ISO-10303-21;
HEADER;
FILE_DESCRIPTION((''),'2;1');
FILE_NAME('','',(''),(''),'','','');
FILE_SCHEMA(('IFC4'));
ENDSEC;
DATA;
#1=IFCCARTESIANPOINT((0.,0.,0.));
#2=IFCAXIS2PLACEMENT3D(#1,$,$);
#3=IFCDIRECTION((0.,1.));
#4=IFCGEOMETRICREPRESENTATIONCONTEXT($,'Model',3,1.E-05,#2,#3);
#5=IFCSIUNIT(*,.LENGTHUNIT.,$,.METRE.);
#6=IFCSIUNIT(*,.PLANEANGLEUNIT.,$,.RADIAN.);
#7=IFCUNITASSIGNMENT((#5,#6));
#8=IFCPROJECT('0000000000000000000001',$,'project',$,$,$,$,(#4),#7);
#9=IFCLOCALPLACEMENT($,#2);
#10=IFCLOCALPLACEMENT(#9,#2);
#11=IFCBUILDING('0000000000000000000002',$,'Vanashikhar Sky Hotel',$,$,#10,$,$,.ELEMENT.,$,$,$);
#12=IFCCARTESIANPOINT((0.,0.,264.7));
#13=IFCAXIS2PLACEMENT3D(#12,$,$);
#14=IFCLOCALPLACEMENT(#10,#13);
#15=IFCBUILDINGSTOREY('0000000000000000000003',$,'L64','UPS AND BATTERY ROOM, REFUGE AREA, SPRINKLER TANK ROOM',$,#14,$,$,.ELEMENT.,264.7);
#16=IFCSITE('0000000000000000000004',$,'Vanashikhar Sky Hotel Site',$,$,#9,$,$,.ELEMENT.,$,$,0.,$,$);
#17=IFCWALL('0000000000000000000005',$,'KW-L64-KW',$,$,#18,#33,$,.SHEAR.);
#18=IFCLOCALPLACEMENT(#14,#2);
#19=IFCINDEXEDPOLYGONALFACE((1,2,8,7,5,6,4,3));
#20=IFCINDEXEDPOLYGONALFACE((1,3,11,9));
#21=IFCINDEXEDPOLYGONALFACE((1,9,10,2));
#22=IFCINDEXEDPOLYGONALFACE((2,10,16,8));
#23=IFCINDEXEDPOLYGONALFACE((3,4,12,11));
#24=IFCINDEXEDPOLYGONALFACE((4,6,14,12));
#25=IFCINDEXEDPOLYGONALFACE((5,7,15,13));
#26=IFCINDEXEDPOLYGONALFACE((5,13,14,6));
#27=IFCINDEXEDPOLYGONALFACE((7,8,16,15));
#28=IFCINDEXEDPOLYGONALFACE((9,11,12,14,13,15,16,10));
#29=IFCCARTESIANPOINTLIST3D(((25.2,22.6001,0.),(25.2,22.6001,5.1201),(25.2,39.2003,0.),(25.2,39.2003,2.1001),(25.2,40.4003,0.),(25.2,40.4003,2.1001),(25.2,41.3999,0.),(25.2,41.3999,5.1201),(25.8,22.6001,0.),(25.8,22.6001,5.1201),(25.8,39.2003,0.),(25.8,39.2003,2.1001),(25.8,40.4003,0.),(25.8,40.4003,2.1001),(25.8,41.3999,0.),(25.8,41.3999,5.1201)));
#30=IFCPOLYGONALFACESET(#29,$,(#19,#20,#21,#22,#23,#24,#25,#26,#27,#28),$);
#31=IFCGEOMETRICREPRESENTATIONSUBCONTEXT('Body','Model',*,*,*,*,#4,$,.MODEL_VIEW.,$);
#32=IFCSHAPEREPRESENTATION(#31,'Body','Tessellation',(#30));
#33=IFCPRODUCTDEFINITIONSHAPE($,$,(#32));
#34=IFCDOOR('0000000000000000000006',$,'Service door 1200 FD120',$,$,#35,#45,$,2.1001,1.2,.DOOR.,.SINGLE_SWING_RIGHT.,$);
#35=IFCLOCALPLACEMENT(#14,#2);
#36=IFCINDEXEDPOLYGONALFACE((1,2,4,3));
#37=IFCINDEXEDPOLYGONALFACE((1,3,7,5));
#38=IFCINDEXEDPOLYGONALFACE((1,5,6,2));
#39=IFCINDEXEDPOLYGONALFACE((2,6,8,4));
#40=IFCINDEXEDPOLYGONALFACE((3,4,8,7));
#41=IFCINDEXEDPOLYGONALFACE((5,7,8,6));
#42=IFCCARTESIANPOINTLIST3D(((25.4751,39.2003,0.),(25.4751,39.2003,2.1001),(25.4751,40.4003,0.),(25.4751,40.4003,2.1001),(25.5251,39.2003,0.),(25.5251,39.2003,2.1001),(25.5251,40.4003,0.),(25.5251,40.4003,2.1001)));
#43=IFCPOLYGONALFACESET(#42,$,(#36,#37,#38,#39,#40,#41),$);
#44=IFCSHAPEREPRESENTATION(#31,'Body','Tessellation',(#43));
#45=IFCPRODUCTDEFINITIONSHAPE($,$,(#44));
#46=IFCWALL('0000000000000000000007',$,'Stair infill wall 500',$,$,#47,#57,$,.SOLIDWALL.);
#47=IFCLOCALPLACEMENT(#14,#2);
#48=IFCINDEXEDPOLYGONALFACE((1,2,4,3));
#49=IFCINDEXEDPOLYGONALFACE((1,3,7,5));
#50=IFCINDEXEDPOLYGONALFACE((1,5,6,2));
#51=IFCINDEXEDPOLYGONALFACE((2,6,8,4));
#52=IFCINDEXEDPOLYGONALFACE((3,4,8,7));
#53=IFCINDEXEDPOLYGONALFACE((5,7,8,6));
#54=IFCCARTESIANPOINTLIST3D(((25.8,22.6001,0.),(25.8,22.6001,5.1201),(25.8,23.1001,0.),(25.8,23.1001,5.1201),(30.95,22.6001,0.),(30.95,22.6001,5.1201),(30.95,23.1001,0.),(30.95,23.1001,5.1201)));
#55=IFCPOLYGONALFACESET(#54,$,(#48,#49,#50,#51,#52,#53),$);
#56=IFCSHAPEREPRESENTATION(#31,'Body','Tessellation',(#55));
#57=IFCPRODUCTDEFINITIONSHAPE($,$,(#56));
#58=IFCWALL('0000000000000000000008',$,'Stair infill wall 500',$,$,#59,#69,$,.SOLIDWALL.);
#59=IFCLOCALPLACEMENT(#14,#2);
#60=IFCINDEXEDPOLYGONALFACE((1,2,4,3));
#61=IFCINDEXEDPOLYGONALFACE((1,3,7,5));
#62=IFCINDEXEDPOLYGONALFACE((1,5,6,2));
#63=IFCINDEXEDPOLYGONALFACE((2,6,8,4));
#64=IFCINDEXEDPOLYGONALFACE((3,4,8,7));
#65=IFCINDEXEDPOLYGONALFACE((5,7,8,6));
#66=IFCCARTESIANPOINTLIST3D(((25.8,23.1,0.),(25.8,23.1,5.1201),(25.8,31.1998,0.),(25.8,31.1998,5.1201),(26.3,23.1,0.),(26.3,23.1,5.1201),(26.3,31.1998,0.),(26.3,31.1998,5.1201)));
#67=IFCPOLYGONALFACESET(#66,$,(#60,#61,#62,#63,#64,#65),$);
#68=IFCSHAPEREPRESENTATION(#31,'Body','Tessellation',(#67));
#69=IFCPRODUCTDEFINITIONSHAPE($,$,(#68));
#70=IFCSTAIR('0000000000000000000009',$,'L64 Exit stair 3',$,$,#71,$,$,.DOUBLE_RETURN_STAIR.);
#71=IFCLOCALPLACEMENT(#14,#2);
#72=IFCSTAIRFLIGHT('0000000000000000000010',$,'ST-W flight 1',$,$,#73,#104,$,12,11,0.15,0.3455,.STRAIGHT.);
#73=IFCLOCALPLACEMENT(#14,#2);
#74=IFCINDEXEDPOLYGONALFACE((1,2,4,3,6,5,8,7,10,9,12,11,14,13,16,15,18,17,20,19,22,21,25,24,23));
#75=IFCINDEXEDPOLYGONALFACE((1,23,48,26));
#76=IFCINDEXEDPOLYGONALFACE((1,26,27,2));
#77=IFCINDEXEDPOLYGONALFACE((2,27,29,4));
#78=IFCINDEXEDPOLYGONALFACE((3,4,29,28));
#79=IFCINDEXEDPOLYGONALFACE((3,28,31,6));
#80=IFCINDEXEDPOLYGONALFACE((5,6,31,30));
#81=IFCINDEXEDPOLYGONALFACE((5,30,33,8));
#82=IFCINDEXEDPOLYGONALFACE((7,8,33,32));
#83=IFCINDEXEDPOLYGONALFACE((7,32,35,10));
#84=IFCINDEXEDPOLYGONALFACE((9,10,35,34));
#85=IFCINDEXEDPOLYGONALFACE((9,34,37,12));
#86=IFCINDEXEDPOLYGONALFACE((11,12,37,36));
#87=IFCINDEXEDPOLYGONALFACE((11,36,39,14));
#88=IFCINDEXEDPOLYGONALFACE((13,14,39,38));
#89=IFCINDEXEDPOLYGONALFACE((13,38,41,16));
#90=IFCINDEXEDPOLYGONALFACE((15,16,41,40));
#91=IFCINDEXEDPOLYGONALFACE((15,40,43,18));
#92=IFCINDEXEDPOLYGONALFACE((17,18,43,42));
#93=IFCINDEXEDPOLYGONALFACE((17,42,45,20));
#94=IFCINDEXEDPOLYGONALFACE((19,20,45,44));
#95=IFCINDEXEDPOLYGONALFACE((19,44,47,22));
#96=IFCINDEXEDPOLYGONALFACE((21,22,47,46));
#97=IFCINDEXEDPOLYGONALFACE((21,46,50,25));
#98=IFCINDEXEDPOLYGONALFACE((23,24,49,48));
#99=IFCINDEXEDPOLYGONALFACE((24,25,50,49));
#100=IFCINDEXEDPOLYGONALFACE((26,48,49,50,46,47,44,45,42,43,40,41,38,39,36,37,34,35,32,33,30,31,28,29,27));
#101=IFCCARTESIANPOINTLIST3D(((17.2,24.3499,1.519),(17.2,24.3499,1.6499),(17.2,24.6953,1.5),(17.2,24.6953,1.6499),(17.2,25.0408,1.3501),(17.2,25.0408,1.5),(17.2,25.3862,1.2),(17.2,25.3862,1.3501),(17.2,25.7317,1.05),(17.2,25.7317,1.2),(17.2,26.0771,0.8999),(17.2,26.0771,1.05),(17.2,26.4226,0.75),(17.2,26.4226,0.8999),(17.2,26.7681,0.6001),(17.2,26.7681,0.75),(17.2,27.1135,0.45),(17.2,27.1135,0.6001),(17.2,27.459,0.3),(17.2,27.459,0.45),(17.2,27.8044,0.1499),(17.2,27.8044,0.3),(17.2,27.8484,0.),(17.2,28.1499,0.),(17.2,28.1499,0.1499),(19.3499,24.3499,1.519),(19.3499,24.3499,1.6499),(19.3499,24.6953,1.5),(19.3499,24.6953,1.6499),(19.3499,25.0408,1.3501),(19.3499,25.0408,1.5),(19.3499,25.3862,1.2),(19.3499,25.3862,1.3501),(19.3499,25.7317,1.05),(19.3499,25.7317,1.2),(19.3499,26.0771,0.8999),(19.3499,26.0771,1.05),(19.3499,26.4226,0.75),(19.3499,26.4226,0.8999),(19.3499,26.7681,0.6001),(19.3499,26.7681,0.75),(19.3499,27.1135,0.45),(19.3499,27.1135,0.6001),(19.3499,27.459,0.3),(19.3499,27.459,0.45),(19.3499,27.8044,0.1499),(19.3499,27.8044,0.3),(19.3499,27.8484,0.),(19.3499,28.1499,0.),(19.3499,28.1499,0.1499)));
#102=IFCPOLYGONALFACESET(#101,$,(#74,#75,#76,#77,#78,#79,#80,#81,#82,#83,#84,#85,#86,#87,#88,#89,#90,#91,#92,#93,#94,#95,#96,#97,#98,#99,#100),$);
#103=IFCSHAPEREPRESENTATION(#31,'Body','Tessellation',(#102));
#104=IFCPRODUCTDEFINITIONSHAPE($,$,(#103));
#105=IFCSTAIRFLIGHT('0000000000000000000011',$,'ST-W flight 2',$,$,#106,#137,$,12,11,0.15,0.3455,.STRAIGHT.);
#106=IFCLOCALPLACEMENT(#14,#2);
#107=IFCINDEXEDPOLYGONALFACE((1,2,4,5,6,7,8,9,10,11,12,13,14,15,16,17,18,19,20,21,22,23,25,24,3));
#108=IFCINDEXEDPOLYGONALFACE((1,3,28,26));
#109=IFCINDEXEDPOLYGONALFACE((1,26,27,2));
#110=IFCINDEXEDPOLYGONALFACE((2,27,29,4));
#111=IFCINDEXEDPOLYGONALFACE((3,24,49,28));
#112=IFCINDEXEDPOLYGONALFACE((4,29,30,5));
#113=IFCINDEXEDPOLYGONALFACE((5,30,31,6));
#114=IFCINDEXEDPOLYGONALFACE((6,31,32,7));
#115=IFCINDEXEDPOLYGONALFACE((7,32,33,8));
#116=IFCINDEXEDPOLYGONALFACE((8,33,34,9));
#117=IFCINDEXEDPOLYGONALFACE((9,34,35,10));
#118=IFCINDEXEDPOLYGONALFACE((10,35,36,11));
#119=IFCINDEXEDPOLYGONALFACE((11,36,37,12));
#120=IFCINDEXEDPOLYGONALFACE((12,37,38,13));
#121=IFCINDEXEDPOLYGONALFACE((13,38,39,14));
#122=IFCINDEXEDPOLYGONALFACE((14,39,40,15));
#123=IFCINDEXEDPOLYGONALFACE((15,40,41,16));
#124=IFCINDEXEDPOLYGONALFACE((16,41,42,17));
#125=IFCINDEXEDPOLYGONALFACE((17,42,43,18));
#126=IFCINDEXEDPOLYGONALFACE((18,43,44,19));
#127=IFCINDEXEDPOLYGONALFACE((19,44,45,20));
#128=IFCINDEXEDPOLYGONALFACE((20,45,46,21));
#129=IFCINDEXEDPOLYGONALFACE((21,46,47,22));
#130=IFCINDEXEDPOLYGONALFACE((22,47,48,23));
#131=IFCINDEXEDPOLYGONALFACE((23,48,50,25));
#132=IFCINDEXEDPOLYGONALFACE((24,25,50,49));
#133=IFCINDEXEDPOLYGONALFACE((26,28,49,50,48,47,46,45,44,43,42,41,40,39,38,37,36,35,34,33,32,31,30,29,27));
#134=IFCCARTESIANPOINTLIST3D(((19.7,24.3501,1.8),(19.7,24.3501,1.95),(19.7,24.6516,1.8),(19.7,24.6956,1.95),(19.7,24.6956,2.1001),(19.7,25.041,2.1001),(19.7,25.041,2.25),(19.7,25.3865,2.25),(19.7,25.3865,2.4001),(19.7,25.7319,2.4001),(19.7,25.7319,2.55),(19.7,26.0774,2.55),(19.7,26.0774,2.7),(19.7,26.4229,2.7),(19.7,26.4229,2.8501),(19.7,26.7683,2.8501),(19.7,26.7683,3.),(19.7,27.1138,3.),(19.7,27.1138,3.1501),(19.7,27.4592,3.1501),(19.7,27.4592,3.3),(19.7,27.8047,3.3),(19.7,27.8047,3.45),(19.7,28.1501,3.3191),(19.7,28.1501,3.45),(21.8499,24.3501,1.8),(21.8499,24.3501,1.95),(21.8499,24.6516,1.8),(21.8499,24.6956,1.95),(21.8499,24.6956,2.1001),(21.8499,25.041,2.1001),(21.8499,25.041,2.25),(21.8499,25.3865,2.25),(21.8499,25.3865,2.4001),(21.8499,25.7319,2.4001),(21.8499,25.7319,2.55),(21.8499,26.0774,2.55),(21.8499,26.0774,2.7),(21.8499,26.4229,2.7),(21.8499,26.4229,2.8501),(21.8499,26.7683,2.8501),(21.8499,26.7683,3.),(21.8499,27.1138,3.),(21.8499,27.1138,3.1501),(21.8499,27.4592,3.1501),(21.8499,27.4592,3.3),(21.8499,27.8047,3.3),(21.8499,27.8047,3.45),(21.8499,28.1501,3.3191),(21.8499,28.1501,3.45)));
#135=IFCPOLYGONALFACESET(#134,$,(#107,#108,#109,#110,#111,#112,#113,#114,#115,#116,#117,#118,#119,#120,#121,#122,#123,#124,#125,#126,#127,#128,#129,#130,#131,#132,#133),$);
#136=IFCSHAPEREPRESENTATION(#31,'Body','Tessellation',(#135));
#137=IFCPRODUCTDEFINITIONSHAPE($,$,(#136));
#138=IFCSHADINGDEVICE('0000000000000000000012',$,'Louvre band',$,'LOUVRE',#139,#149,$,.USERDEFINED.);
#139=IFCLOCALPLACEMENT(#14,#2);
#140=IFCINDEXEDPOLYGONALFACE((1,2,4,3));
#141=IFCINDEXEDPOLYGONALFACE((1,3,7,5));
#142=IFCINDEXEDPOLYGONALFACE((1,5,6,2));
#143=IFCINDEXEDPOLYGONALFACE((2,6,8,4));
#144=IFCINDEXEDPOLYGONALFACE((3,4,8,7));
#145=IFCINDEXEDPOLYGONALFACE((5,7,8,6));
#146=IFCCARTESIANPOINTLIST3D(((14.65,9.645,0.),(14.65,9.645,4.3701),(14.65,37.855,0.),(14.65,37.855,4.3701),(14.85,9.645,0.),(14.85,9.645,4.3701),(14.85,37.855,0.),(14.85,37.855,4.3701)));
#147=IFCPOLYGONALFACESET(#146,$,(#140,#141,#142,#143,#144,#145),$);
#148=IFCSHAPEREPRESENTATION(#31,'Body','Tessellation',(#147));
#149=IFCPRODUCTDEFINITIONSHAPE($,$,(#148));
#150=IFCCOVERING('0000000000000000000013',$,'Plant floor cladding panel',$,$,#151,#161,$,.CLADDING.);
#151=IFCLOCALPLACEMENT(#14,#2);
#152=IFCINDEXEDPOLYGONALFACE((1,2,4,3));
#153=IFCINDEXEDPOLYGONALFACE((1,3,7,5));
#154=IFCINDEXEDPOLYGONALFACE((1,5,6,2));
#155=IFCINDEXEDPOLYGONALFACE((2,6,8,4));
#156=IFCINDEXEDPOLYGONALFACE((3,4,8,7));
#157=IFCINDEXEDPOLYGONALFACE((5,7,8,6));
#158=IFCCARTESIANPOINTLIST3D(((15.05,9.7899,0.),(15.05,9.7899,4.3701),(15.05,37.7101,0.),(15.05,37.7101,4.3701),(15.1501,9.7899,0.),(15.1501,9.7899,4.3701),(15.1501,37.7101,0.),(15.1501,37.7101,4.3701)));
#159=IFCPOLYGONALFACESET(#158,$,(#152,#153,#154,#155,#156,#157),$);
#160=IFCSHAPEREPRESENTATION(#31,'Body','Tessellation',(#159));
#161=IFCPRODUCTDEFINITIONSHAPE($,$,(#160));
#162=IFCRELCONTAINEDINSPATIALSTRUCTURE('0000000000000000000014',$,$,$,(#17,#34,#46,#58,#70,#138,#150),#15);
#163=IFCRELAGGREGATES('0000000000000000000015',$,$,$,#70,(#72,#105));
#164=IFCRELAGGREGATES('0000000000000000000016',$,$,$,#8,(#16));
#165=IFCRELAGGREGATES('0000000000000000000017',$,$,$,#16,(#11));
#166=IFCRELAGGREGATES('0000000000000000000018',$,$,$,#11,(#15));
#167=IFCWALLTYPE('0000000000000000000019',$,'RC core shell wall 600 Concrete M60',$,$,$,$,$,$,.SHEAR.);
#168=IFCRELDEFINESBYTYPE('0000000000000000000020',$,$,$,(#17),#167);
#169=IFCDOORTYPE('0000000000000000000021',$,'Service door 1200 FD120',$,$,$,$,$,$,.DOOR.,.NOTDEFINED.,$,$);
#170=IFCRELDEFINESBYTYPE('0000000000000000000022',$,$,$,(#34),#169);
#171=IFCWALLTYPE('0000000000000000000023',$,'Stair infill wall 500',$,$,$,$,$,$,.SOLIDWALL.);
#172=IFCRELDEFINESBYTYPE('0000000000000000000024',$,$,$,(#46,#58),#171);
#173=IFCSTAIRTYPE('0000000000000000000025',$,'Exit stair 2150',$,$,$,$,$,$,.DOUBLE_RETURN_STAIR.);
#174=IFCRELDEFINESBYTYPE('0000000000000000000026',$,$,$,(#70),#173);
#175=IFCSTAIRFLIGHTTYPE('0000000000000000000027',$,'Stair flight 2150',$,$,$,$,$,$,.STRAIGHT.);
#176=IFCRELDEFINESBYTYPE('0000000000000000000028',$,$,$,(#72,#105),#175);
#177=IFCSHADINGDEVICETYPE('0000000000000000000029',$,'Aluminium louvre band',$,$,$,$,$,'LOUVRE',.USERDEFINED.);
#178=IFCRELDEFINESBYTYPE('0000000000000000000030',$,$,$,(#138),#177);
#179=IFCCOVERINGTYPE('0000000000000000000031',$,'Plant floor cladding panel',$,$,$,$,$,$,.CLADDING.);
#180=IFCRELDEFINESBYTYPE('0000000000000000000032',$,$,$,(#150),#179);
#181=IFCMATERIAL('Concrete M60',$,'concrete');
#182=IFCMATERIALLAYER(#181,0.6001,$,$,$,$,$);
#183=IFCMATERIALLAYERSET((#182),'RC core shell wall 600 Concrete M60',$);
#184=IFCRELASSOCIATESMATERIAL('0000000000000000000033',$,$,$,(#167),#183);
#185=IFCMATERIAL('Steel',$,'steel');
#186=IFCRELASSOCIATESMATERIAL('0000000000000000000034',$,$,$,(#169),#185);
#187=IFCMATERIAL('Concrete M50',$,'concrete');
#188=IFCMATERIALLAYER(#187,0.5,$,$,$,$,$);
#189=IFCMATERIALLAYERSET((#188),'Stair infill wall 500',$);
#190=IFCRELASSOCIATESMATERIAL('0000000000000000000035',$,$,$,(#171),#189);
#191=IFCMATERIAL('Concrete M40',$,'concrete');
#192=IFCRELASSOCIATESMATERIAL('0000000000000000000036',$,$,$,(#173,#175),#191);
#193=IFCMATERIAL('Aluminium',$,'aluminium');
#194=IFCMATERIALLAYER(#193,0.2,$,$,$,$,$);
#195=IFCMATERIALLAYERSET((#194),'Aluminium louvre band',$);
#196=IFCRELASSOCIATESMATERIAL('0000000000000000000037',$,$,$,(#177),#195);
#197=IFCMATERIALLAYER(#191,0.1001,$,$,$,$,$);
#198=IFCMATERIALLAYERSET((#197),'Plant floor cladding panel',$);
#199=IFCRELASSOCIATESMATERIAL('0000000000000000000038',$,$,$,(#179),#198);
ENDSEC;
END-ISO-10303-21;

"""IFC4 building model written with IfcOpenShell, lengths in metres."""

from ifc_helpers import new_model, si_unit, direction, frame, frame_2d, origin, origin_2d, place, context, subcontext, project, spatial, polyline, rectangle, outline, extrude, source, transform, mapped, material, layer, layer_set, type_object, element, fill, aggregate, save


model = new_model("IFC4")

# Units and contexts
model_context = context("Model", 3, precision=1e-05, world=origin(), true_north=direction((0.0, 1.0)))
body_context = subcontext(model_context, "Body", "Model", "MODEL_VIEW")
ifc_project = project(units=[si_unit("LENGTHUNIT", "METRE"), si_unit("PLANEANGLEUNIT", "RADIAN")], contexts=[model_context])

# Site, building, storey
site_placement = place(None, origin())
site = spatial("IfcSite", under=ifc_project, at=site_placement, Name="Vanashikhar Sky Hotel Site", CompositionType="ELEMENT", RefElevation=0.0)
building_placement = place(site_placement, origin())
building = spatial("IfcBuilding", under=site, at=building_placement, Name="Vanashikhar Sky Hotel", CompositionType="ELEMENT")
storey_placement = place(building_placement, frame((0.0, 0.0, 264.7)))
storey = spatial("IfcBuildingStorey", under=building, at=storey_placement, Name="L64", Description="UPS AND BATTERY ROOM, REFUGE AREA, SPRINKLER TANK ROOM", CompositionType="ELEMENT", Elevation=264.7)

# Shared definitions
ifc_material_1 = material(Name="Concrete M60", Category="concrete")
ifc_layer_1 = layer(ifc_material_1, 0.6001)
ifc_layer_set_1 = layer_set([ifc_layer_1], Name="RC core shell wall 600 Concrete M60")
wall_type_1 = type_object("IfcWallType", Name="RC core shell wall 600 Concrete M60", PredefinedType="SHEAR", material=ifc_layer_set_1)
shared_shape_1 = source(origin(), body_context, "Body", "SweptSolid", [
    extrude(rectangle(XDim=1.2, YDim=2.1001, at=frame_2d((0.6001, 1.05))), frame((0.0, 0.3101, 0.0), z_axis=(0.0, -1.0, 0.0), x_axis=(1.0, 0.0, 0.0)), (0.0, 0.0, 1.0), 0.6201),
])
ifc_material_2 = material(Name="Steel", Category="steel")

# Wall, opening, door
shared_shape_2 = source(origin(), body_context, "Body", "SweptSolid", [
    extrude(rectangle(XDim=18.7998, YDim=0.6001, at=frame_2d((9.3999, 0.0))), origin(), (0.0, 0.0, 1.0), 5.1201),
])
wall_1_placement = place(storey_placement, frame((25.5, 22.6001, 0.0), z_axis=(0.0, 0.0, 1.0), x_axis=(0.0, 1.0, 0.0)))
wall_1 = element("IfcWall", 1, at=wall_1_placement, inside=storey, type_object=wall_type_1, Name="KW-L64-KW", PredefinedType="SHEAR", context=body_context, shape_type="MappedRepresentation", body=[
    mapped(shared_shape_2, transform((0.0, 0.0, 0.0), scale=1.0)),
])
opening_1_placement = place(wall_1_placement, frame((16.6001, 0.0, 0.0)))
opening_1 = element("IfcOpeningElement", 2, at=opening_1_placement, cuts=wall_1, PredefinedType="OPENING", context=body_context, shape_type="MappedRepresentation", body=[
    mapped(shared_shape_1, transform((0.0, 0.0, 0.0), scale=1.0)),
])
door_type_1 = type_object("IfcDoorType", Name="Service door 1200 FD120", OperationType="NOTDEFINED", PredefinedType="DOOR", material=ifc_material_2)
shared_shape_3 = source(origin(), body_context, "Body", "SweptSolid", [
    extrude(rectangle(XDim=1.2, YDim=2.1001, at=frame_2d((0.6001, 1.05))), frame((0.0, 0.0249, 0.0), z_axis=(0.0, -1.0, 0.0), x_axis=(1.0, 0.0, 0.0)), (0.0, 0.0, 1.0), 0.05),
])
door_1_placement = place(opening_1_placement, origin())
door_1 = element("IfcDoor", 3, at=door_1_placement, inside=storey, type_object=door_type_1, Name="Service door 1200 FD120", OperationType="SINGLE_SWING_RIGHT", OverallHeight=2.1001, OverallWidth=1.2, PredefinedType="DOOR", context=body_context, shape_type="MappedRepresentation", body=[
    mapped(shared_shape_3, transform((0.0, 0.0, 0.0), scale=1.0)),
])
fill(opening_1, door_1)

# Walls
ifc_material_3 = material(Name="Concrete M50", Category="concrete")
ifc_layer_2 = layer(ifc_material_3, 0.5)
ifc_layer_set_2 = layer_set([ifc_layer_2], Name="Stair infill wall 500")
wall_type_2 = type_object("IfcWallType", Name="Stair infill wall 500", PredefinedType="SOLIDWALL", material=ifc_layer_set_2)
shared_shape_4 = source(origin(), body_context, "Body", "SweptSolid", [
    extrude(rectangle(XDim=5.1499, YDim=0.5, at=frame_2d((2.575, 0.0))), origin(), (0.0, 0.0, 1.0), 5.1201),
])
wall_2_placement = place(storey_placement, frame((25.8, 22.8501, 0.0), z_axis=(0.0, 0.0, 1.0), x_axis=(1.0, 0.0, 0.0)))
element("IfcWall", 4, at=wall_2_placement, inside=storey, type_object=wall_type_2, Name="Stair infill wall 500", PredefinedType="SOLIDWALL", context=body_context, shape_type="MappedRepresentation", body=[
    mapped(shared_shape_4, transform((0.0, 0.0, 0.0), scale=1.0)),
])
shared_shape_5 = source(origin(), body_context, "Body", "SweptSolid", [
    extrude(rectangle(XDim=8.0999, YDim=0.5, at=frame_2d((4.0498, 0.0))), origin(), (0.0, 0.0, 1.0), 5.1201),
])
wall_3_placement = place(storey_placement, frame((26.05, 23.1001, 0.0), z_axis=(0.0, 0.0, 1.0), x_axis=(0.0, 1.0, 0.0)))
element("IfcWall", 5, at=wall_3_placement, inside=storey, type_object=wall_type_2, Name="Stair infill wall 500", PredefinedType="SOLIDWALL", context=body_context, shape_type="MappedRepresentation", body=[
    mapped(shared_shape_5, transform((0.0, 0.0, 0.0), scale=1.0)),
])

# Stair, stair flights
ifc_material_4 = material(Name="Concrete M40", Category="concrete")
stair_type = type_object("IfcStairType", Name="Exit stair 2150", PredefinedType="DOUBLE_RETURN_STAIR", material=ifc_material_4)
stair_placement = place(storey_placement, origin())
stair = element("IfcStair", 6, at=stair_placement, inside=storey, type_object=stair_type, Name="L64 Exit stair 3", PredefinedType="DOUBLE_RETURN_STAIR")
stair_flight_type = type_object("IfcStairFlightType", Name="Stair flight 2150", PredefinedType="STRAIGHT", material=ifc_material_4)
shared_shape_6 = source(origin(), body_context, "Body", "SweptSolid", [
    extrude(outline(polyline([(0.0, 0.0), (0.0, 0.1499), (0.3455, 0.1499), (0.3455, 0.3), (0.6909, 0.3), (0.6909, 0.45), (1.0364, 0.45), (1.0364, 0.6001), (1.3818, 0.6001), (1.3818, 0.75), (1.7273, 0.75), (1.7273, 0.8999), (2.0728, 0.8999), (2.0728, 1.05), (2.4182, 1.05), (2.4182, 1.2), (2.7637, 1.2), (2.7637, 1.3501), (3.1091, 1.3501), (3.1091, 1.5), (3.4546, 1.5), (3.4546, 1.6499), (3.8, 1.6499), (3.8, 1.8), (3.8, 1.519), (0.3015, 0.0), (0.0, 0.0)])), frame((0.0, 1.075, 0.0), z_axis=(0.0, -1.0, 0.0), x_axis=(1.0, 0.0, 0.0)), (0.0, 0.0, 1.0), 2.1499),
])
stair_flight_1_placement = place(storey_placement, frame((18.2749, 28.1499, 0.0), z_axis=(0.0, 0.0, 1.0), x_axis=(0.0, -1.0, 0.0)))
stair_flight_1 = element("IfcStairFlight", 7, at=stair_flight_1_placement, type_object=stair_flight_type, Name="ST-W flight 1", NumberOfRisers=12, NumberOfTreads=11, PredefinedType="STRAIGHT", RiserHeight=0.15, TreadLength=0.3455, context=body_context, shape_type="MappedRepresentation", body=[
    mapped(shared_shape_6, transform((0.0, 0.0, 0.0), scale=1.0)),
])
stair_flight_2_placement = place(storey_placement, frame((20.7749, 24.3501, 1.8), z_axis=(0.0, 0.0, 1.0), x_axis=(0.0, 1.0, 0.0)))
stair_flight_2 = element("IfcStairFlight", 8, at=stair_flight_2_placement, type_object=stair_flight_type, Name="ST-W flight 2", NumberOfRisers=12, NumberOfTreads=11, PredefinedType="STRAIGHT", RiserHeight=0.15, TreadLength=0.3455, context=body_context, shape_type="MappedRepresentation", body=[
    mapped(shared_shape_6, transform((0.0, 0.0, 0.0), scale=1.0)),
])
aggregate(stair, [stair_flight_1, stair_flight_2])

# Shading device
ifc_material_5 = material(Name="Aluminium", Category="aluminium")
ifc_layer_3 = layer(ifc_material_5, 0.2)
ifc_layer_set_3 = layer_set([ifc_layer_3], Name="Aluminium louvre band")
shading_device_type = type_object("IfcShadingDeviceType", Name="Aluminium louvre band", ElementType="LOUVRE", PredefinedType="USERDEFINED", material=ifc_layer_set_3)
shared_shape_7 = source(origin(), body_context, "Body", "SweptSolid", [
    extrude(rectangle(XDim=28.21, YDim=0.2, at=origin_2d()), origin(), (0.0, 0.0, 1.0), 4.3701),
])
shading_device_placement = place(storey_placement, frame((14.75, 23.75, 0.0), z_axis=(0.0, 0.0, 1.0), x_axis=(0.0, -1.0, 0.0)))
element("IfcShadingDevice", 9, at=shading_device_placement, inside=storey, type_object=shading_device_type, Name="Louvre band", ObjectType="LOUVRE", PredefinedType="USERDEFINED", context=body_context, shape_type="MappedRepresentation", body=[
    mapped(shared_shape_7, transform((0.0, 0.0, 0.0), scale=1.0)),
])

# Covering
ifc_layer_4 = layer(ifc_material_4, 0.1001)
ifc_layer_set_4 = layer_set([ifc_layer_4], Name="Plant floor cladding panel")
covering_type = type_object("IfcCoveringType", Name="Plant floor cladding panel", PredefinedType="CLADDING", material=ifc_layer_set_4)
shared_shape_8 = source(origin(), body_context, "Body", "SweptSolid", [
    extrude(rectangle(XDim=27.9202, YDim=0.1001, at=origin_2d()), origin(), (0.0, 0.0, 1.0), 4.3701),
])
covering_placement = place(storey_placement, frame((15.1001, 23.75, 0.0), z_axis=(0.0, 0.0, 1.0), x_axis=(0.0, -1.0, 0.0)))
element("IfcCovering", 10, at=covering_placement, inside=storey, type_object=covering_type, Name="Plant floor cladding panel", PredefinedType="CLADDING", context=body_context, shape_type="MappedRepresentation", body=[
    mapped(shared_shape_8, transform((0.0, 0.0, 0.0), scale=1.0)),
])

save(model, "model.ifc")
